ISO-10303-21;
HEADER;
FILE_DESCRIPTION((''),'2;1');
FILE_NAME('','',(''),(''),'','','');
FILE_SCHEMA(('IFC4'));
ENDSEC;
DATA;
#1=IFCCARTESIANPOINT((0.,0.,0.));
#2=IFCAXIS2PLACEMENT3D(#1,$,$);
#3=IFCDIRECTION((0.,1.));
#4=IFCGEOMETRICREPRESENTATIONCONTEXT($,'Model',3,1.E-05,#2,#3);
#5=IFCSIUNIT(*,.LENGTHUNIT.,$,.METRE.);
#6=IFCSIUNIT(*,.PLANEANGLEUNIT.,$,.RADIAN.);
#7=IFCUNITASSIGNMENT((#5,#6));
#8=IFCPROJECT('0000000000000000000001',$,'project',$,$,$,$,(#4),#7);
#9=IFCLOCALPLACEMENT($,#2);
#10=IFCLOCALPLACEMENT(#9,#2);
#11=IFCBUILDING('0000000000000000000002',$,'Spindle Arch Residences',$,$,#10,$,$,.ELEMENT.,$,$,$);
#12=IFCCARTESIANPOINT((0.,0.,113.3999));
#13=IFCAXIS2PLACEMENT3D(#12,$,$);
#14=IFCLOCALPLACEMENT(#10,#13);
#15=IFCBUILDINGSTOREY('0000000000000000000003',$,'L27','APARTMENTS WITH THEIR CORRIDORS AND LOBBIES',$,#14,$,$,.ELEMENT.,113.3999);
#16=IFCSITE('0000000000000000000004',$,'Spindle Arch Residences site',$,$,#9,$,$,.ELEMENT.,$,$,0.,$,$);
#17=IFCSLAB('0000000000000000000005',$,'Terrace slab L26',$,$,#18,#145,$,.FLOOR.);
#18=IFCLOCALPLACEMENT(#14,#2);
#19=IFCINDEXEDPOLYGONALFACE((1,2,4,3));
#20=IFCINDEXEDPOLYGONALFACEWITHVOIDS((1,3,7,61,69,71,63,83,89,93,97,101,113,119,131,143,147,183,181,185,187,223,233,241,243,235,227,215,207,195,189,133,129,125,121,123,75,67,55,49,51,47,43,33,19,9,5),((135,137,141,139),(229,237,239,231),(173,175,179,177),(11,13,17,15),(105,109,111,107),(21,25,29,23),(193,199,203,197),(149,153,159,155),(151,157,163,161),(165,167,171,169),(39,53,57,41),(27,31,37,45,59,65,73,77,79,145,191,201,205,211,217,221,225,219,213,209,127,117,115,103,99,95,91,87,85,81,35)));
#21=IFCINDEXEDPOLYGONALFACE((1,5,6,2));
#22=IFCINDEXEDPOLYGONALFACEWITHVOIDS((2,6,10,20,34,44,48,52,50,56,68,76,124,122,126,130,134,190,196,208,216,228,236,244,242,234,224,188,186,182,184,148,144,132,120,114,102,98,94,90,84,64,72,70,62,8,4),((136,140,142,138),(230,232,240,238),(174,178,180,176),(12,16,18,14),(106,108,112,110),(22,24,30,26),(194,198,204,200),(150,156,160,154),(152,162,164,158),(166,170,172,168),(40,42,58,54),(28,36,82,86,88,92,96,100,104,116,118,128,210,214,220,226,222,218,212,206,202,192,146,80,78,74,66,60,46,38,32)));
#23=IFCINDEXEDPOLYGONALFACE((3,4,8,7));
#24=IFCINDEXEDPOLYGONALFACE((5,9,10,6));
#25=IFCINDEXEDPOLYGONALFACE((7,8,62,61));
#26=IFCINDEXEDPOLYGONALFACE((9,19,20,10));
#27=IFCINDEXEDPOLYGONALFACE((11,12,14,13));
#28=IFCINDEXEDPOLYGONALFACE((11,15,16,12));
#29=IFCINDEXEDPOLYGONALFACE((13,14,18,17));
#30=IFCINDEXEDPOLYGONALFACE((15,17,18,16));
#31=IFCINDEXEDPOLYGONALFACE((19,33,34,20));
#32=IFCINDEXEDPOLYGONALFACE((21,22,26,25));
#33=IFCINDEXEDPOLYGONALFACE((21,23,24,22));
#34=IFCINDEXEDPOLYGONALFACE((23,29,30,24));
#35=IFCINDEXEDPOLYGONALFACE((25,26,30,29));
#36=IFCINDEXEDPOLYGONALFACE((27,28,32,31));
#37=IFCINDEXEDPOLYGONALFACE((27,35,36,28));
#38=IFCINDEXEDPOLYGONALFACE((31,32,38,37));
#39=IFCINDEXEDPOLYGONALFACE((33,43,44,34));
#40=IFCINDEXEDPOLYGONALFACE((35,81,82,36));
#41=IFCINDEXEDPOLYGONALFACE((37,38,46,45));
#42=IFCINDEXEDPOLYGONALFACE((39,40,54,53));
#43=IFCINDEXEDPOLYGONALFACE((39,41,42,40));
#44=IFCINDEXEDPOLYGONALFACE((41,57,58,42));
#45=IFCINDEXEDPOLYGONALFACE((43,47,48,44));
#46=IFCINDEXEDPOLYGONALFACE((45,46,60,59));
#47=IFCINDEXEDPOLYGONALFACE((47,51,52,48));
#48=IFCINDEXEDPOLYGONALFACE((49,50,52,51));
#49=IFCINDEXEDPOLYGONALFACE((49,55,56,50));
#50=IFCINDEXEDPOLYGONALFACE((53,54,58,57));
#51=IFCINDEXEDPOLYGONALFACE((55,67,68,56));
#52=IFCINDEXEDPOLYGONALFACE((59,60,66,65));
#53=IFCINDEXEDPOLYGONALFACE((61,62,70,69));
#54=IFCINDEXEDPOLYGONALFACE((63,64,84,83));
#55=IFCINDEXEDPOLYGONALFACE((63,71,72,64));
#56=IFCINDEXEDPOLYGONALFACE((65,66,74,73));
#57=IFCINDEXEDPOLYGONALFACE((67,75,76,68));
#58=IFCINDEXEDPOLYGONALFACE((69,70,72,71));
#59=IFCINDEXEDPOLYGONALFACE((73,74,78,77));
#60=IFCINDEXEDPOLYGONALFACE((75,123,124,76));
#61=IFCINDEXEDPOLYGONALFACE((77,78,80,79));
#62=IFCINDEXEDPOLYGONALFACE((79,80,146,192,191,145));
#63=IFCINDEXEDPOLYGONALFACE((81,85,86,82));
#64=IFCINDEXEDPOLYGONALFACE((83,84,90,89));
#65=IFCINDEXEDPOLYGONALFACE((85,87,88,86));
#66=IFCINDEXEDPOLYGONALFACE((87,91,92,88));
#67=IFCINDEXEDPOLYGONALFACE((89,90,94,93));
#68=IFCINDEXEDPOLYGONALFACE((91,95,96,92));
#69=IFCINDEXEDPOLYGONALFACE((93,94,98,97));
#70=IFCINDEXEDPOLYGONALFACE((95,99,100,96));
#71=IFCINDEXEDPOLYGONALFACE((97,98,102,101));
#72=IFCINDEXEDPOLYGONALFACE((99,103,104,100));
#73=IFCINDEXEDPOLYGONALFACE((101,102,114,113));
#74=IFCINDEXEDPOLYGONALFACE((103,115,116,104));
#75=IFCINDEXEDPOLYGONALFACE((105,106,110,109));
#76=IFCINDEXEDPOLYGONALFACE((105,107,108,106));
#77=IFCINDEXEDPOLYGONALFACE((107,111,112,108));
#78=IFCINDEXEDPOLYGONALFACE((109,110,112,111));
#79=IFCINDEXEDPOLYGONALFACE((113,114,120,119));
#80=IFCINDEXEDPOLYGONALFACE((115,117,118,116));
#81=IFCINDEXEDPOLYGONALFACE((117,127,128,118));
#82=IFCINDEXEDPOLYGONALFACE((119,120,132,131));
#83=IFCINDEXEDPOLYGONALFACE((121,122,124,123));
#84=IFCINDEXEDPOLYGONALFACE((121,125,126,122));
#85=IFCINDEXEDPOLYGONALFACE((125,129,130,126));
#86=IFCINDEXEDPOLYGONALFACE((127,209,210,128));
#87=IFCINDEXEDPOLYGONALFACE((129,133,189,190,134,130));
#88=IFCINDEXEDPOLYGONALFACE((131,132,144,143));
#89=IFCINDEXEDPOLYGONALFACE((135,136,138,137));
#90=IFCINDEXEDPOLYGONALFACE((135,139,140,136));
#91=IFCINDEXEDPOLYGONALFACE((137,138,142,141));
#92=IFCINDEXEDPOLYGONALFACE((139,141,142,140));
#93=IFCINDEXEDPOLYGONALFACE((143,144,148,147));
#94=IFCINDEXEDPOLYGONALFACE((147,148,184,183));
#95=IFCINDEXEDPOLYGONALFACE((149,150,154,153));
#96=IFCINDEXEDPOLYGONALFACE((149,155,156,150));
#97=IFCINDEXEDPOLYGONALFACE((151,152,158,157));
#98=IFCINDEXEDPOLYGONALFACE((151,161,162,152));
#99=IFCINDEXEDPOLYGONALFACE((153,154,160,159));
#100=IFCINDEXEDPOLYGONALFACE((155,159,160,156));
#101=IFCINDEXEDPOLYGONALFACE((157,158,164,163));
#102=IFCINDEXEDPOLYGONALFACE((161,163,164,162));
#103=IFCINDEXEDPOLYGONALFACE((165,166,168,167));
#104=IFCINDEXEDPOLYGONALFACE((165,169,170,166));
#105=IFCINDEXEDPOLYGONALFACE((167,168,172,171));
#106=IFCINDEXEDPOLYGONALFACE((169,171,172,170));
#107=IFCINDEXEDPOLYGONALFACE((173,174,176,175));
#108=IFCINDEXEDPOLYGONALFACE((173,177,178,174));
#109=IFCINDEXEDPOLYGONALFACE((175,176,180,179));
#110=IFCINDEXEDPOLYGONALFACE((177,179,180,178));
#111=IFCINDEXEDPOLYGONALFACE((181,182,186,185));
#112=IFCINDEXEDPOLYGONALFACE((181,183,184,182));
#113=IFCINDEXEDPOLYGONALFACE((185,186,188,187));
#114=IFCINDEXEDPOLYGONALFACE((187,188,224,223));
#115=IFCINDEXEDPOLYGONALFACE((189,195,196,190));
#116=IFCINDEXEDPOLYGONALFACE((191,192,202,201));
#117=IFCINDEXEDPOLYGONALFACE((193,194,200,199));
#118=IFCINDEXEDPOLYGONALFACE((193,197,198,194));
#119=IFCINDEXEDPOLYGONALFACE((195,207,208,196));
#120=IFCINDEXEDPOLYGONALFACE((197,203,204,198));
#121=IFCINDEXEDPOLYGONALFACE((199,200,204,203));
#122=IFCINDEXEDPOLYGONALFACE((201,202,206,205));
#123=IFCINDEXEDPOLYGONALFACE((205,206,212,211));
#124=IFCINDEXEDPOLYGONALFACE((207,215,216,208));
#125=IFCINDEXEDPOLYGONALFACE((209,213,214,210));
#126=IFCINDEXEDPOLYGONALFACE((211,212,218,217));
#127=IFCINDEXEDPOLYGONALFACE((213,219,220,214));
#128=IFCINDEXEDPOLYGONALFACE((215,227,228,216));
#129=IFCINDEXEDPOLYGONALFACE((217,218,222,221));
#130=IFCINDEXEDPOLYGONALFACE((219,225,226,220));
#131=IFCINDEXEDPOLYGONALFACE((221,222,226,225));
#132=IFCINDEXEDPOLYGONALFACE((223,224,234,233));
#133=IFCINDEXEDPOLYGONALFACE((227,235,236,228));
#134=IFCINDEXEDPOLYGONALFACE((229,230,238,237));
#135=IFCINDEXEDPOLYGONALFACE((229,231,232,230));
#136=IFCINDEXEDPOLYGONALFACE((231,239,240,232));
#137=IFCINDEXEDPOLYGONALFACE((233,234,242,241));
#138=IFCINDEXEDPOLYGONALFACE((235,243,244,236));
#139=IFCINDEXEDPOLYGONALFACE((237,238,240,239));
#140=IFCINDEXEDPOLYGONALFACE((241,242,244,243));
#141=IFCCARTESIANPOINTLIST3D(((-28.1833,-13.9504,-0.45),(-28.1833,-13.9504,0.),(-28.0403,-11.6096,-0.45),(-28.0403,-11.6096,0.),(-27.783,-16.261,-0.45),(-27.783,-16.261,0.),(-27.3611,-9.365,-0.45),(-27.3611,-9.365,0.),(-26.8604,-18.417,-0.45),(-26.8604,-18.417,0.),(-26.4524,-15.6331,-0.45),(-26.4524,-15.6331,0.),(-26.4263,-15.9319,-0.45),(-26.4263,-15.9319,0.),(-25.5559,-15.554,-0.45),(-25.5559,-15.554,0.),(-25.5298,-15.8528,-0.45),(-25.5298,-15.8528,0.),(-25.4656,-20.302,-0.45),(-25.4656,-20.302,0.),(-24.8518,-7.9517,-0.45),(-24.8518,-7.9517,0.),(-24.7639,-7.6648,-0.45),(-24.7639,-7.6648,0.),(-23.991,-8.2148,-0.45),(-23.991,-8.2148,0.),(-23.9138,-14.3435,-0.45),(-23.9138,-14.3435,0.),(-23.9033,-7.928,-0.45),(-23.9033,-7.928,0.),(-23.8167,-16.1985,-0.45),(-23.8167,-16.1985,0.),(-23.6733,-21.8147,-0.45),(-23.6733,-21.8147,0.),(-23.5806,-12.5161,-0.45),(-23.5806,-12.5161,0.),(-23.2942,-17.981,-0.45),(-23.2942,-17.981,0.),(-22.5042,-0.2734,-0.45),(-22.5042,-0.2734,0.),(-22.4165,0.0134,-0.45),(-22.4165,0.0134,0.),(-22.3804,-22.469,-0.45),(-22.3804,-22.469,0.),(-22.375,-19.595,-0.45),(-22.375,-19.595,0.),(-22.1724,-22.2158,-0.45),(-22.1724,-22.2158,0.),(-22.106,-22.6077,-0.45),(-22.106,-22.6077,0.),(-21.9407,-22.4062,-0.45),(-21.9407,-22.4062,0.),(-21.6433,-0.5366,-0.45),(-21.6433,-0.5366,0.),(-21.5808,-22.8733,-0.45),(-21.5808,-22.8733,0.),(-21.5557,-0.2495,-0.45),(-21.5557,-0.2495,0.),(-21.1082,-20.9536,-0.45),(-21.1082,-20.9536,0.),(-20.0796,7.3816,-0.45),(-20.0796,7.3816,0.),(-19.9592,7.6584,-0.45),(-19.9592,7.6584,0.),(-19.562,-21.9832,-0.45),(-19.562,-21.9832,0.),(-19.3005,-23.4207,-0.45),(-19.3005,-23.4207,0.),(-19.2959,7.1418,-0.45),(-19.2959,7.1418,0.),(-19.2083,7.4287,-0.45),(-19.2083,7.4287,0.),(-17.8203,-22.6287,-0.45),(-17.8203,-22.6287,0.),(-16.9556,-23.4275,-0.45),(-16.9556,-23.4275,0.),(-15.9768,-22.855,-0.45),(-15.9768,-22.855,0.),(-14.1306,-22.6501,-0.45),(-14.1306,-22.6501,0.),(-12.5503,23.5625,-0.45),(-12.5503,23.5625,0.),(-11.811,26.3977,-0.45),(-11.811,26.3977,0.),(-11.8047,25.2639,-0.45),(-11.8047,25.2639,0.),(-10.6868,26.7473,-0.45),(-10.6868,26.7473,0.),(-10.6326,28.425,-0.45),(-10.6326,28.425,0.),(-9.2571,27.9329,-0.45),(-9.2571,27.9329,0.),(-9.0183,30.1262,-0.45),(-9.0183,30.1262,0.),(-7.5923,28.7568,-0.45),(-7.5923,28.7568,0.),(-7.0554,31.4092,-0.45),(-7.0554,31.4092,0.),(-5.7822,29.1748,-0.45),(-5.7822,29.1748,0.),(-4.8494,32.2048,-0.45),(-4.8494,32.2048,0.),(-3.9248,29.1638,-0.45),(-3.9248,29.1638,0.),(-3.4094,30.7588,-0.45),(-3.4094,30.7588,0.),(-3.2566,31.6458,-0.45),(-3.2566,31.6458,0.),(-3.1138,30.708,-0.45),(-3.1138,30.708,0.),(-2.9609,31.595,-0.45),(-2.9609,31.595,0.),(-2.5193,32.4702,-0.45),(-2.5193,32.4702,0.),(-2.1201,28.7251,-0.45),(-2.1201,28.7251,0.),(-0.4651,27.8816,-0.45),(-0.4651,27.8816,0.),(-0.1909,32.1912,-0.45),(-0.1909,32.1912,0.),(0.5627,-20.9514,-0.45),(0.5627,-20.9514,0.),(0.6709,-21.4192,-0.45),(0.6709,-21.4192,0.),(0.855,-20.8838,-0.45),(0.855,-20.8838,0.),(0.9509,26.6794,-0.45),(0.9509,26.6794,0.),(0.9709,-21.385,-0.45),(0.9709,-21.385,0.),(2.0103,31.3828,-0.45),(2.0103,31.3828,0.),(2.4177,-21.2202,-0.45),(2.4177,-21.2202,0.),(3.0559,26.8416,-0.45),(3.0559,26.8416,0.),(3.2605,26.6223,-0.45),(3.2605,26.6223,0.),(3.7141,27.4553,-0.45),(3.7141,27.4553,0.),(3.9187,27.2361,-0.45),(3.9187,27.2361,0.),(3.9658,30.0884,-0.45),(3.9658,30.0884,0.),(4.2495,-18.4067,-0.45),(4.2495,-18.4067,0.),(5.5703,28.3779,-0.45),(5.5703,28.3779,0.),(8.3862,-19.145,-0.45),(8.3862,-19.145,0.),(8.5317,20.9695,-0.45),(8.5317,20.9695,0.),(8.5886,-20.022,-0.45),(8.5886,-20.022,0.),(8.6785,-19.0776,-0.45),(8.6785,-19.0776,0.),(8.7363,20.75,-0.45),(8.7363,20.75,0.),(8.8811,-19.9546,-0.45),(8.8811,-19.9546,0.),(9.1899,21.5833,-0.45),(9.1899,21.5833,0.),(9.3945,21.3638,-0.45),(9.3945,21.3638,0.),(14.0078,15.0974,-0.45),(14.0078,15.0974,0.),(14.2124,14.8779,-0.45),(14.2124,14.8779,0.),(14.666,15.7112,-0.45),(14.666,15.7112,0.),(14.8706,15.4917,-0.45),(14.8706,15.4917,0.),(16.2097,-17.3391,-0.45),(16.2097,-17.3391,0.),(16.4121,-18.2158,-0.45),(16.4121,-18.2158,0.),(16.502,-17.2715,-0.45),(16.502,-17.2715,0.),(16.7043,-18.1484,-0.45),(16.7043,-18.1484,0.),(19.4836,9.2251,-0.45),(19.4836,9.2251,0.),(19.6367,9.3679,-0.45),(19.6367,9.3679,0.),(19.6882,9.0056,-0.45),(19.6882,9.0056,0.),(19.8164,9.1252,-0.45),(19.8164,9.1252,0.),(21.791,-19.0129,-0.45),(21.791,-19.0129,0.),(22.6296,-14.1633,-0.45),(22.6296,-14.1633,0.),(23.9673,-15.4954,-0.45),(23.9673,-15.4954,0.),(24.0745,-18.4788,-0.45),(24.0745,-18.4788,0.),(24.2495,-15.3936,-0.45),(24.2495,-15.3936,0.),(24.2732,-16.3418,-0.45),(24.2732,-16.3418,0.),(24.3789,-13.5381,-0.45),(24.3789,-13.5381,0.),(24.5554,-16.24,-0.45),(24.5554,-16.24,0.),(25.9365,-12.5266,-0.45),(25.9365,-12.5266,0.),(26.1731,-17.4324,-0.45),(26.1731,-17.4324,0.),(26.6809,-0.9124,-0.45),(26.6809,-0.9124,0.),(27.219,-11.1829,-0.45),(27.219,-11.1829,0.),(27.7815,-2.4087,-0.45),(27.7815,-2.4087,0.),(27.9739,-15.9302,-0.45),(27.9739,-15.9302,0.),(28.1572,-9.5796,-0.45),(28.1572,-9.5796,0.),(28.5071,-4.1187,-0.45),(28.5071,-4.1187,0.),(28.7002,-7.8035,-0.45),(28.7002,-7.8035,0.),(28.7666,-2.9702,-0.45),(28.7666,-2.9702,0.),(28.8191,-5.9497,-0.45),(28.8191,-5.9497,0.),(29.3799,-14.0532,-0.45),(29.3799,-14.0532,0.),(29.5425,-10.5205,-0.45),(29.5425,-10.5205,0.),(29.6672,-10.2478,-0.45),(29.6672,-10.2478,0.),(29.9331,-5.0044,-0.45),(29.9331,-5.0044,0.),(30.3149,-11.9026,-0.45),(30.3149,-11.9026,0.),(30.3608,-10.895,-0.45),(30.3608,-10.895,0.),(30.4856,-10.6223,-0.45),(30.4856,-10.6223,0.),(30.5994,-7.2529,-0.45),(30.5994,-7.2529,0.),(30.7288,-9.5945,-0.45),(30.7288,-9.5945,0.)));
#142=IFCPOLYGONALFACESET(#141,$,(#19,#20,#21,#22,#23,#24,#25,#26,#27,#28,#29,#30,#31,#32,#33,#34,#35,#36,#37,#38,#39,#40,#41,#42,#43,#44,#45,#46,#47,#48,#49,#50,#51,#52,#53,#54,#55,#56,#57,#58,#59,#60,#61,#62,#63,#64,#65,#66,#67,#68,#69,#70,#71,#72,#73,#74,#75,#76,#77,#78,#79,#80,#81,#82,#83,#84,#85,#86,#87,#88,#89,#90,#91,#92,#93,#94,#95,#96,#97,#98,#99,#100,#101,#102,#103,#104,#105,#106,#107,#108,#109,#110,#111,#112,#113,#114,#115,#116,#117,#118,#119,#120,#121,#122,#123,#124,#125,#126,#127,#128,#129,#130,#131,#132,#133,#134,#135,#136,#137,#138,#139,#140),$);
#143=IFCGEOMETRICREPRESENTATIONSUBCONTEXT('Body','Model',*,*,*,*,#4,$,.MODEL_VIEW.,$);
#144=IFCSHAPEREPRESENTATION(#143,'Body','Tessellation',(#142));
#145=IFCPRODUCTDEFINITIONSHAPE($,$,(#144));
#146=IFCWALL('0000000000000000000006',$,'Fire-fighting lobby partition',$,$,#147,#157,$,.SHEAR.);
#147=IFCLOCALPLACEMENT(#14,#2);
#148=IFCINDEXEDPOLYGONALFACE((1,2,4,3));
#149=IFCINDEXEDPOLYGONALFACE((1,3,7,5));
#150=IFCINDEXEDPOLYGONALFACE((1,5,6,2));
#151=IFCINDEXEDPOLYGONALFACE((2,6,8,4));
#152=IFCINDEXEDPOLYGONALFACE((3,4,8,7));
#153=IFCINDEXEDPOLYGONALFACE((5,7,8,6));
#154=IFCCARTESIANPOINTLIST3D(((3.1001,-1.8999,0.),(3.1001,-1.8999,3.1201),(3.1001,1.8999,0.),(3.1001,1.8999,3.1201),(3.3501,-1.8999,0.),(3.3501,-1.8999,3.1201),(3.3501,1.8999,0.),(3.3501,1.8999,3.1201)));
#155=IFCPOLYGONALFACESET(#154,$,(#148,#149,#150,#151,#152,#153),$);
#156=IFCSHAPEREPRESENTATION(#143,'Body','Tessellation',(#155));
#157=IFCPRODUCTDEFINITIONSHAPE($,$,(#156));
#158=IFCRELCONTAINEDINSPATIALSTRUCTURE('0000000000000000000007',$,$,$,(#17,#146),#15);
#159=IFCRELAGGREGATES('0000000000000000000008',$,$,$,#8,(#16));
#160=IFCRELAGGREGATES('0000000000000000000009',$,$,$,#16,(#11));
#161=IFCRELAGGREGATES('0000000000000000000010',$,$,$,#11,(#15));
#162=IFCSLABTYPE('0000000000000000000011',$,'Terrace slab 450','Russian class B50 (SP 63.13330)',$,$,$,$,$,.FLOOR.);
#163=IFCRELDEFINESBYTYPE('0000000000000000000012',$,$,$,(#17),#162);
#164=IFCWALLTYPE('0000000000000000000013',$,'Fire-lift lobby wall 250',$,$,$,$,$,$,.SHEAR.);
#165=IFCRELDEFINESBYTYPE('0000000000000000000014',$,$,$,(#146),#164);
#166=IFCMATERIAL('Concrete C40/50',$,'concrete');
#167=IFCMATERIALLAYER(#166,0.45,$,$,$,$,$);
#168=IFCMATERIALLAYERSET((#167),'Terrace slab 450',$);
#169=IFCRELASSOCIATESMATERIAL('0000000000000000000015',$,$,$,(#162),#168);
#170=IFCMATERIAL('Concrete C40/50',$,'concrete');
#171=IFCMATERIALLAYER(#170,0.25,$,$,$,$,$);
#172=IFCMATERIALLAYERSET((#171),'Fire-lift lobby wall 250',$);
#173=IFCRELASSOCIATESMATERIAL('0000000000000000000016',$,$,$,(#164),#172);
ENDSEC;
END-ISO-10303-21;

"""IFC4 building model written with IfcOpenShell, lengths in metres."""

from ifc_helpers import new_model, si_unit, direction, frame, frame_2d, origin, place, context, subcontext, project, spatial, polyline, rectangle, outline, extrude, material, layer, layer_set, type_object, element, save


model = new_model("IFC4")

# Units and contexts
model_context = context("Model", 3, precision=1e-05, world=origin(), true_north=direction((0.0, 1.0)))
body_context = subcontext(model_context, "Body", "Model", "MODEL_VIEW")
ifc_project = project(units=[si_unit("LENGTHUNIT", "METRE"), si_unit("PLANEANGLEUNIT", "RADIAN")], contexts=[model_context])

# Site, building, storey
site_placement = place(None, origin())
site = spatial("IfcSite", under=ifc_project, at=site_placement, Name="Spindle Arch Residences site", CompositionType="ELEMENT", RefElevation=0.0)
building_placement = place(site_placement, origin())
building = spatial("IfcBuilding", under=site, at=building_placement, Name="Spindle Arch Residences", CompositionType="ELEMENT")
storey_placement = place(building_placement, frame((0.0, 0.0, 113.3999)))
storey = spatial("IfcBuildingStorey", under=building, at=storey_placement, Name="L27", Description="APARTMENTS WITH THEIR CORRIDORS AND LOBBIES", CompositionType="ELEMENT", Elevation=113.3999)

# Slab
ifc_material_1 = material(Name="Concrete C40/50", Category="concrete")
ifc_layer_1 = layer(ifc_material_1, 0.45)
ifc_layer_set_1 = layer_set([ifc_layer_1], Name="Terrace slab 450")
slab_type_1 = type_object("IfcSlabType", Name="Terrace slab 450", Description="Russian class B50 (SP 63.13330)", PredefinedType="FLOOR", material=ifc_layer_set_1)
slab_1_placement = place(storey_placement, frame((0.0, 0.0, -0.45)))
element("IfcSlab", 1, at=slab_1_placement, inside=storey, type_object=slab_type_1, Name="Terrace slab L26", PredefinedType="FLOOR", context=body_context, shape_type="SweptSolid", body=[
    extrude(outline(polyline([(-19.3005, -23.4207), (-21.5808, -22.8733), (-22.106, -22.6077), (-21.9407, -22.4062), (-22.1724, -22.2158), (-22.3804, -22.469), (-23.6733, -21.8147), (-25.4656, -20.302), (-26.8604, -18.417), (-27.783, -16.261), (-28.1833, -13.9504), (-28.0403, -11.6096), (-27.3611, -9.365), (-20.0796, 7.3816), (-19.2959, 7.1418), (-19.2083, 7.4287), (-19.9592, 7.6584), (-11.811, 26.3977), (-10.6326, 28.425), (-9.0183, 30.1262), (-7.0554, 31.4092), (-4.8494, 32.2048), (-2.5193, 32.4702), (-0.1909, 32.1912), (2.0103, 31.3828), (3.9658, 30.0884), (5.5703, 28.3779), (19.6367, 9.3679), (19.4836, 9.2251), (19.6882, 9.0056), (19.8164, 9.1252), (28.7666, -2.9702), (29.9331, -5.0044), (30.5994, -7.2529), (30.7288, -9.5945), (30.3149, -11.9026), (29.3799, -14.0532), (27.9739, -15.9302), (26.1731, -17.4324), (24.0745, -18.4788), (21.791, -19.0129), (2.4177, -21.2202), (0.9709, -21.385), (0.855, -20.8838), (0.5627, -20.9514), (0.6709, -21.4192), (-16.9556, -23.4275), (-19.3005, -23.4207)]), holes=[polyline([(24.3789, -13.5381), (25.9365, -12.5266), (27.219, -11.1829), (28.1572, -9.5796), (28.7002, -7.8035), (28.8191, -5.9497), (28.5071, -4.1187), (27.7815, -2.4087), (26.6809, -0.9124), (0.9509, 26.6794), (-0.4651, 27.8816), (-2.1201, 28.7251), (-3.9248, 29.1638), (-5.7822, 29.1748), (-7.5923, 28.7568), (-9.2571, 27.9329), (-10.6868, 26.7473), (-11.8047, 25.2639), (-12.5503, 23.5625), (-23.5806, -12.5161), (-23.9138, -14.3435), (-23.8167, -16.1985), (-23.2942, -17.981), (-22.375, -19.595), (-21.1082, -20.9536), (-19.562, -21.9832), (-17.8203, -22.6287), (-15.9768, -22.855), (-14.1306, -22.6501), (4.2495, -18.4067), (22.6296, -14.1633), (24.3789, -13.5381)]), polyline([(-25.5559, -15.554), (-26.4524, -15.6331), (-26.4263, -15.9319), (-25.5298, -15.8528), (-25.5559, -15.554)]), polyline([(-23.9033, -7.928), (-24.7639, -7.6648), (-24.8518, -7.9517), (-23.991, -8.2148), (-23.9033, -7.928)]), polyline([(-22.4165, 0.0134), (-22.5042, -0.2734), (-21.6433, -0.5366), (-21.5557, -0.2495), (-22.4165, 0.0134)]), polyline([(-3.1138, 30.708), (-2.9609, 31.595), (-3.2566, 31.6458), (-3.4094, 30.7588), (-3.1138, 30.708)]), polyline([(8.5886, -20.022), (8.8811, -19.9546), (8.6785, -19.0776), (8.3862, -19.145), (8.5886, -20.022)]), polyline([(16.4121, -18.2158), (16.7043, -18.1484), (16.502, -17.2715), (16.2097, -17.3391), (16.4121, -18.2158)]), polyline([(23.9673, -15.4954), (24.2732, -16.3418), (24.5554, -16.24), (24.2495, -15.3936), (23.9673, -15.4954)]), polyline([(29.5425, -10.5205), (30.3608, -10.895), (30.4856, -10.6223), (29.6672, -10.2478), (29.5425, -10.5205)]), polyline([(14.8706, 15.4917), (14.666, 15.7112), (14.0078, 15.0974), (14.2124, 14.8779), (14.8706, 15.4917)]), polyline([(8.7363, 20.75), (9.3945, 21.3638), (9.1899, 21.5833), (8.5317, 20.9695), (8.7363, 20.75)]), polyline([(3.2605, 26.6223), (3.9187, 27.2361), (3.7141, 27.4553), (3.0559, 26.8416), (3.2605, 26.6223)])]), origin(), (0.0, 0.0, 1.0), 0.45),
])

# Shared definitions
ifc_material_2 = material(Name="Concrete C40/50", Category="concrete")
ifc_layer_2 = layer(ifc_material_2, 0.25)
ifc_layer_set_2 = layer_set([ifc_layer_2], Name="Fire-lift lobby wall 250")
wall_type_1 = type_object("IfcWallType", Name="Fire-lift lobby wall 250", PredefinedType="SHEAR", material=ifc_layer_set_2)

# Wall
wall_1_placement = place(storey_placement, frame((3.2251, -1.8999, 0.0), z_axis=(0.0, 0.0, 1.0), x_axis=(0.0, 1.0, 0.0)))
element("IfcWall", 2, at=wall_1_placement, inside=storey, type_object=wall_type_1, Name="Fire-fighting lobby partition", PredefinedType="SHEAR", context=body_context, shape_type="SweptSolid", body=[
    extrude(rectangle(XDim=3.7998, YDim=0.25, at=frame_2d((1.8999, 0.0))), origin(), (0.0, 0.0, 1.0), 3.1201),
])

save(model, "model.ifc")
